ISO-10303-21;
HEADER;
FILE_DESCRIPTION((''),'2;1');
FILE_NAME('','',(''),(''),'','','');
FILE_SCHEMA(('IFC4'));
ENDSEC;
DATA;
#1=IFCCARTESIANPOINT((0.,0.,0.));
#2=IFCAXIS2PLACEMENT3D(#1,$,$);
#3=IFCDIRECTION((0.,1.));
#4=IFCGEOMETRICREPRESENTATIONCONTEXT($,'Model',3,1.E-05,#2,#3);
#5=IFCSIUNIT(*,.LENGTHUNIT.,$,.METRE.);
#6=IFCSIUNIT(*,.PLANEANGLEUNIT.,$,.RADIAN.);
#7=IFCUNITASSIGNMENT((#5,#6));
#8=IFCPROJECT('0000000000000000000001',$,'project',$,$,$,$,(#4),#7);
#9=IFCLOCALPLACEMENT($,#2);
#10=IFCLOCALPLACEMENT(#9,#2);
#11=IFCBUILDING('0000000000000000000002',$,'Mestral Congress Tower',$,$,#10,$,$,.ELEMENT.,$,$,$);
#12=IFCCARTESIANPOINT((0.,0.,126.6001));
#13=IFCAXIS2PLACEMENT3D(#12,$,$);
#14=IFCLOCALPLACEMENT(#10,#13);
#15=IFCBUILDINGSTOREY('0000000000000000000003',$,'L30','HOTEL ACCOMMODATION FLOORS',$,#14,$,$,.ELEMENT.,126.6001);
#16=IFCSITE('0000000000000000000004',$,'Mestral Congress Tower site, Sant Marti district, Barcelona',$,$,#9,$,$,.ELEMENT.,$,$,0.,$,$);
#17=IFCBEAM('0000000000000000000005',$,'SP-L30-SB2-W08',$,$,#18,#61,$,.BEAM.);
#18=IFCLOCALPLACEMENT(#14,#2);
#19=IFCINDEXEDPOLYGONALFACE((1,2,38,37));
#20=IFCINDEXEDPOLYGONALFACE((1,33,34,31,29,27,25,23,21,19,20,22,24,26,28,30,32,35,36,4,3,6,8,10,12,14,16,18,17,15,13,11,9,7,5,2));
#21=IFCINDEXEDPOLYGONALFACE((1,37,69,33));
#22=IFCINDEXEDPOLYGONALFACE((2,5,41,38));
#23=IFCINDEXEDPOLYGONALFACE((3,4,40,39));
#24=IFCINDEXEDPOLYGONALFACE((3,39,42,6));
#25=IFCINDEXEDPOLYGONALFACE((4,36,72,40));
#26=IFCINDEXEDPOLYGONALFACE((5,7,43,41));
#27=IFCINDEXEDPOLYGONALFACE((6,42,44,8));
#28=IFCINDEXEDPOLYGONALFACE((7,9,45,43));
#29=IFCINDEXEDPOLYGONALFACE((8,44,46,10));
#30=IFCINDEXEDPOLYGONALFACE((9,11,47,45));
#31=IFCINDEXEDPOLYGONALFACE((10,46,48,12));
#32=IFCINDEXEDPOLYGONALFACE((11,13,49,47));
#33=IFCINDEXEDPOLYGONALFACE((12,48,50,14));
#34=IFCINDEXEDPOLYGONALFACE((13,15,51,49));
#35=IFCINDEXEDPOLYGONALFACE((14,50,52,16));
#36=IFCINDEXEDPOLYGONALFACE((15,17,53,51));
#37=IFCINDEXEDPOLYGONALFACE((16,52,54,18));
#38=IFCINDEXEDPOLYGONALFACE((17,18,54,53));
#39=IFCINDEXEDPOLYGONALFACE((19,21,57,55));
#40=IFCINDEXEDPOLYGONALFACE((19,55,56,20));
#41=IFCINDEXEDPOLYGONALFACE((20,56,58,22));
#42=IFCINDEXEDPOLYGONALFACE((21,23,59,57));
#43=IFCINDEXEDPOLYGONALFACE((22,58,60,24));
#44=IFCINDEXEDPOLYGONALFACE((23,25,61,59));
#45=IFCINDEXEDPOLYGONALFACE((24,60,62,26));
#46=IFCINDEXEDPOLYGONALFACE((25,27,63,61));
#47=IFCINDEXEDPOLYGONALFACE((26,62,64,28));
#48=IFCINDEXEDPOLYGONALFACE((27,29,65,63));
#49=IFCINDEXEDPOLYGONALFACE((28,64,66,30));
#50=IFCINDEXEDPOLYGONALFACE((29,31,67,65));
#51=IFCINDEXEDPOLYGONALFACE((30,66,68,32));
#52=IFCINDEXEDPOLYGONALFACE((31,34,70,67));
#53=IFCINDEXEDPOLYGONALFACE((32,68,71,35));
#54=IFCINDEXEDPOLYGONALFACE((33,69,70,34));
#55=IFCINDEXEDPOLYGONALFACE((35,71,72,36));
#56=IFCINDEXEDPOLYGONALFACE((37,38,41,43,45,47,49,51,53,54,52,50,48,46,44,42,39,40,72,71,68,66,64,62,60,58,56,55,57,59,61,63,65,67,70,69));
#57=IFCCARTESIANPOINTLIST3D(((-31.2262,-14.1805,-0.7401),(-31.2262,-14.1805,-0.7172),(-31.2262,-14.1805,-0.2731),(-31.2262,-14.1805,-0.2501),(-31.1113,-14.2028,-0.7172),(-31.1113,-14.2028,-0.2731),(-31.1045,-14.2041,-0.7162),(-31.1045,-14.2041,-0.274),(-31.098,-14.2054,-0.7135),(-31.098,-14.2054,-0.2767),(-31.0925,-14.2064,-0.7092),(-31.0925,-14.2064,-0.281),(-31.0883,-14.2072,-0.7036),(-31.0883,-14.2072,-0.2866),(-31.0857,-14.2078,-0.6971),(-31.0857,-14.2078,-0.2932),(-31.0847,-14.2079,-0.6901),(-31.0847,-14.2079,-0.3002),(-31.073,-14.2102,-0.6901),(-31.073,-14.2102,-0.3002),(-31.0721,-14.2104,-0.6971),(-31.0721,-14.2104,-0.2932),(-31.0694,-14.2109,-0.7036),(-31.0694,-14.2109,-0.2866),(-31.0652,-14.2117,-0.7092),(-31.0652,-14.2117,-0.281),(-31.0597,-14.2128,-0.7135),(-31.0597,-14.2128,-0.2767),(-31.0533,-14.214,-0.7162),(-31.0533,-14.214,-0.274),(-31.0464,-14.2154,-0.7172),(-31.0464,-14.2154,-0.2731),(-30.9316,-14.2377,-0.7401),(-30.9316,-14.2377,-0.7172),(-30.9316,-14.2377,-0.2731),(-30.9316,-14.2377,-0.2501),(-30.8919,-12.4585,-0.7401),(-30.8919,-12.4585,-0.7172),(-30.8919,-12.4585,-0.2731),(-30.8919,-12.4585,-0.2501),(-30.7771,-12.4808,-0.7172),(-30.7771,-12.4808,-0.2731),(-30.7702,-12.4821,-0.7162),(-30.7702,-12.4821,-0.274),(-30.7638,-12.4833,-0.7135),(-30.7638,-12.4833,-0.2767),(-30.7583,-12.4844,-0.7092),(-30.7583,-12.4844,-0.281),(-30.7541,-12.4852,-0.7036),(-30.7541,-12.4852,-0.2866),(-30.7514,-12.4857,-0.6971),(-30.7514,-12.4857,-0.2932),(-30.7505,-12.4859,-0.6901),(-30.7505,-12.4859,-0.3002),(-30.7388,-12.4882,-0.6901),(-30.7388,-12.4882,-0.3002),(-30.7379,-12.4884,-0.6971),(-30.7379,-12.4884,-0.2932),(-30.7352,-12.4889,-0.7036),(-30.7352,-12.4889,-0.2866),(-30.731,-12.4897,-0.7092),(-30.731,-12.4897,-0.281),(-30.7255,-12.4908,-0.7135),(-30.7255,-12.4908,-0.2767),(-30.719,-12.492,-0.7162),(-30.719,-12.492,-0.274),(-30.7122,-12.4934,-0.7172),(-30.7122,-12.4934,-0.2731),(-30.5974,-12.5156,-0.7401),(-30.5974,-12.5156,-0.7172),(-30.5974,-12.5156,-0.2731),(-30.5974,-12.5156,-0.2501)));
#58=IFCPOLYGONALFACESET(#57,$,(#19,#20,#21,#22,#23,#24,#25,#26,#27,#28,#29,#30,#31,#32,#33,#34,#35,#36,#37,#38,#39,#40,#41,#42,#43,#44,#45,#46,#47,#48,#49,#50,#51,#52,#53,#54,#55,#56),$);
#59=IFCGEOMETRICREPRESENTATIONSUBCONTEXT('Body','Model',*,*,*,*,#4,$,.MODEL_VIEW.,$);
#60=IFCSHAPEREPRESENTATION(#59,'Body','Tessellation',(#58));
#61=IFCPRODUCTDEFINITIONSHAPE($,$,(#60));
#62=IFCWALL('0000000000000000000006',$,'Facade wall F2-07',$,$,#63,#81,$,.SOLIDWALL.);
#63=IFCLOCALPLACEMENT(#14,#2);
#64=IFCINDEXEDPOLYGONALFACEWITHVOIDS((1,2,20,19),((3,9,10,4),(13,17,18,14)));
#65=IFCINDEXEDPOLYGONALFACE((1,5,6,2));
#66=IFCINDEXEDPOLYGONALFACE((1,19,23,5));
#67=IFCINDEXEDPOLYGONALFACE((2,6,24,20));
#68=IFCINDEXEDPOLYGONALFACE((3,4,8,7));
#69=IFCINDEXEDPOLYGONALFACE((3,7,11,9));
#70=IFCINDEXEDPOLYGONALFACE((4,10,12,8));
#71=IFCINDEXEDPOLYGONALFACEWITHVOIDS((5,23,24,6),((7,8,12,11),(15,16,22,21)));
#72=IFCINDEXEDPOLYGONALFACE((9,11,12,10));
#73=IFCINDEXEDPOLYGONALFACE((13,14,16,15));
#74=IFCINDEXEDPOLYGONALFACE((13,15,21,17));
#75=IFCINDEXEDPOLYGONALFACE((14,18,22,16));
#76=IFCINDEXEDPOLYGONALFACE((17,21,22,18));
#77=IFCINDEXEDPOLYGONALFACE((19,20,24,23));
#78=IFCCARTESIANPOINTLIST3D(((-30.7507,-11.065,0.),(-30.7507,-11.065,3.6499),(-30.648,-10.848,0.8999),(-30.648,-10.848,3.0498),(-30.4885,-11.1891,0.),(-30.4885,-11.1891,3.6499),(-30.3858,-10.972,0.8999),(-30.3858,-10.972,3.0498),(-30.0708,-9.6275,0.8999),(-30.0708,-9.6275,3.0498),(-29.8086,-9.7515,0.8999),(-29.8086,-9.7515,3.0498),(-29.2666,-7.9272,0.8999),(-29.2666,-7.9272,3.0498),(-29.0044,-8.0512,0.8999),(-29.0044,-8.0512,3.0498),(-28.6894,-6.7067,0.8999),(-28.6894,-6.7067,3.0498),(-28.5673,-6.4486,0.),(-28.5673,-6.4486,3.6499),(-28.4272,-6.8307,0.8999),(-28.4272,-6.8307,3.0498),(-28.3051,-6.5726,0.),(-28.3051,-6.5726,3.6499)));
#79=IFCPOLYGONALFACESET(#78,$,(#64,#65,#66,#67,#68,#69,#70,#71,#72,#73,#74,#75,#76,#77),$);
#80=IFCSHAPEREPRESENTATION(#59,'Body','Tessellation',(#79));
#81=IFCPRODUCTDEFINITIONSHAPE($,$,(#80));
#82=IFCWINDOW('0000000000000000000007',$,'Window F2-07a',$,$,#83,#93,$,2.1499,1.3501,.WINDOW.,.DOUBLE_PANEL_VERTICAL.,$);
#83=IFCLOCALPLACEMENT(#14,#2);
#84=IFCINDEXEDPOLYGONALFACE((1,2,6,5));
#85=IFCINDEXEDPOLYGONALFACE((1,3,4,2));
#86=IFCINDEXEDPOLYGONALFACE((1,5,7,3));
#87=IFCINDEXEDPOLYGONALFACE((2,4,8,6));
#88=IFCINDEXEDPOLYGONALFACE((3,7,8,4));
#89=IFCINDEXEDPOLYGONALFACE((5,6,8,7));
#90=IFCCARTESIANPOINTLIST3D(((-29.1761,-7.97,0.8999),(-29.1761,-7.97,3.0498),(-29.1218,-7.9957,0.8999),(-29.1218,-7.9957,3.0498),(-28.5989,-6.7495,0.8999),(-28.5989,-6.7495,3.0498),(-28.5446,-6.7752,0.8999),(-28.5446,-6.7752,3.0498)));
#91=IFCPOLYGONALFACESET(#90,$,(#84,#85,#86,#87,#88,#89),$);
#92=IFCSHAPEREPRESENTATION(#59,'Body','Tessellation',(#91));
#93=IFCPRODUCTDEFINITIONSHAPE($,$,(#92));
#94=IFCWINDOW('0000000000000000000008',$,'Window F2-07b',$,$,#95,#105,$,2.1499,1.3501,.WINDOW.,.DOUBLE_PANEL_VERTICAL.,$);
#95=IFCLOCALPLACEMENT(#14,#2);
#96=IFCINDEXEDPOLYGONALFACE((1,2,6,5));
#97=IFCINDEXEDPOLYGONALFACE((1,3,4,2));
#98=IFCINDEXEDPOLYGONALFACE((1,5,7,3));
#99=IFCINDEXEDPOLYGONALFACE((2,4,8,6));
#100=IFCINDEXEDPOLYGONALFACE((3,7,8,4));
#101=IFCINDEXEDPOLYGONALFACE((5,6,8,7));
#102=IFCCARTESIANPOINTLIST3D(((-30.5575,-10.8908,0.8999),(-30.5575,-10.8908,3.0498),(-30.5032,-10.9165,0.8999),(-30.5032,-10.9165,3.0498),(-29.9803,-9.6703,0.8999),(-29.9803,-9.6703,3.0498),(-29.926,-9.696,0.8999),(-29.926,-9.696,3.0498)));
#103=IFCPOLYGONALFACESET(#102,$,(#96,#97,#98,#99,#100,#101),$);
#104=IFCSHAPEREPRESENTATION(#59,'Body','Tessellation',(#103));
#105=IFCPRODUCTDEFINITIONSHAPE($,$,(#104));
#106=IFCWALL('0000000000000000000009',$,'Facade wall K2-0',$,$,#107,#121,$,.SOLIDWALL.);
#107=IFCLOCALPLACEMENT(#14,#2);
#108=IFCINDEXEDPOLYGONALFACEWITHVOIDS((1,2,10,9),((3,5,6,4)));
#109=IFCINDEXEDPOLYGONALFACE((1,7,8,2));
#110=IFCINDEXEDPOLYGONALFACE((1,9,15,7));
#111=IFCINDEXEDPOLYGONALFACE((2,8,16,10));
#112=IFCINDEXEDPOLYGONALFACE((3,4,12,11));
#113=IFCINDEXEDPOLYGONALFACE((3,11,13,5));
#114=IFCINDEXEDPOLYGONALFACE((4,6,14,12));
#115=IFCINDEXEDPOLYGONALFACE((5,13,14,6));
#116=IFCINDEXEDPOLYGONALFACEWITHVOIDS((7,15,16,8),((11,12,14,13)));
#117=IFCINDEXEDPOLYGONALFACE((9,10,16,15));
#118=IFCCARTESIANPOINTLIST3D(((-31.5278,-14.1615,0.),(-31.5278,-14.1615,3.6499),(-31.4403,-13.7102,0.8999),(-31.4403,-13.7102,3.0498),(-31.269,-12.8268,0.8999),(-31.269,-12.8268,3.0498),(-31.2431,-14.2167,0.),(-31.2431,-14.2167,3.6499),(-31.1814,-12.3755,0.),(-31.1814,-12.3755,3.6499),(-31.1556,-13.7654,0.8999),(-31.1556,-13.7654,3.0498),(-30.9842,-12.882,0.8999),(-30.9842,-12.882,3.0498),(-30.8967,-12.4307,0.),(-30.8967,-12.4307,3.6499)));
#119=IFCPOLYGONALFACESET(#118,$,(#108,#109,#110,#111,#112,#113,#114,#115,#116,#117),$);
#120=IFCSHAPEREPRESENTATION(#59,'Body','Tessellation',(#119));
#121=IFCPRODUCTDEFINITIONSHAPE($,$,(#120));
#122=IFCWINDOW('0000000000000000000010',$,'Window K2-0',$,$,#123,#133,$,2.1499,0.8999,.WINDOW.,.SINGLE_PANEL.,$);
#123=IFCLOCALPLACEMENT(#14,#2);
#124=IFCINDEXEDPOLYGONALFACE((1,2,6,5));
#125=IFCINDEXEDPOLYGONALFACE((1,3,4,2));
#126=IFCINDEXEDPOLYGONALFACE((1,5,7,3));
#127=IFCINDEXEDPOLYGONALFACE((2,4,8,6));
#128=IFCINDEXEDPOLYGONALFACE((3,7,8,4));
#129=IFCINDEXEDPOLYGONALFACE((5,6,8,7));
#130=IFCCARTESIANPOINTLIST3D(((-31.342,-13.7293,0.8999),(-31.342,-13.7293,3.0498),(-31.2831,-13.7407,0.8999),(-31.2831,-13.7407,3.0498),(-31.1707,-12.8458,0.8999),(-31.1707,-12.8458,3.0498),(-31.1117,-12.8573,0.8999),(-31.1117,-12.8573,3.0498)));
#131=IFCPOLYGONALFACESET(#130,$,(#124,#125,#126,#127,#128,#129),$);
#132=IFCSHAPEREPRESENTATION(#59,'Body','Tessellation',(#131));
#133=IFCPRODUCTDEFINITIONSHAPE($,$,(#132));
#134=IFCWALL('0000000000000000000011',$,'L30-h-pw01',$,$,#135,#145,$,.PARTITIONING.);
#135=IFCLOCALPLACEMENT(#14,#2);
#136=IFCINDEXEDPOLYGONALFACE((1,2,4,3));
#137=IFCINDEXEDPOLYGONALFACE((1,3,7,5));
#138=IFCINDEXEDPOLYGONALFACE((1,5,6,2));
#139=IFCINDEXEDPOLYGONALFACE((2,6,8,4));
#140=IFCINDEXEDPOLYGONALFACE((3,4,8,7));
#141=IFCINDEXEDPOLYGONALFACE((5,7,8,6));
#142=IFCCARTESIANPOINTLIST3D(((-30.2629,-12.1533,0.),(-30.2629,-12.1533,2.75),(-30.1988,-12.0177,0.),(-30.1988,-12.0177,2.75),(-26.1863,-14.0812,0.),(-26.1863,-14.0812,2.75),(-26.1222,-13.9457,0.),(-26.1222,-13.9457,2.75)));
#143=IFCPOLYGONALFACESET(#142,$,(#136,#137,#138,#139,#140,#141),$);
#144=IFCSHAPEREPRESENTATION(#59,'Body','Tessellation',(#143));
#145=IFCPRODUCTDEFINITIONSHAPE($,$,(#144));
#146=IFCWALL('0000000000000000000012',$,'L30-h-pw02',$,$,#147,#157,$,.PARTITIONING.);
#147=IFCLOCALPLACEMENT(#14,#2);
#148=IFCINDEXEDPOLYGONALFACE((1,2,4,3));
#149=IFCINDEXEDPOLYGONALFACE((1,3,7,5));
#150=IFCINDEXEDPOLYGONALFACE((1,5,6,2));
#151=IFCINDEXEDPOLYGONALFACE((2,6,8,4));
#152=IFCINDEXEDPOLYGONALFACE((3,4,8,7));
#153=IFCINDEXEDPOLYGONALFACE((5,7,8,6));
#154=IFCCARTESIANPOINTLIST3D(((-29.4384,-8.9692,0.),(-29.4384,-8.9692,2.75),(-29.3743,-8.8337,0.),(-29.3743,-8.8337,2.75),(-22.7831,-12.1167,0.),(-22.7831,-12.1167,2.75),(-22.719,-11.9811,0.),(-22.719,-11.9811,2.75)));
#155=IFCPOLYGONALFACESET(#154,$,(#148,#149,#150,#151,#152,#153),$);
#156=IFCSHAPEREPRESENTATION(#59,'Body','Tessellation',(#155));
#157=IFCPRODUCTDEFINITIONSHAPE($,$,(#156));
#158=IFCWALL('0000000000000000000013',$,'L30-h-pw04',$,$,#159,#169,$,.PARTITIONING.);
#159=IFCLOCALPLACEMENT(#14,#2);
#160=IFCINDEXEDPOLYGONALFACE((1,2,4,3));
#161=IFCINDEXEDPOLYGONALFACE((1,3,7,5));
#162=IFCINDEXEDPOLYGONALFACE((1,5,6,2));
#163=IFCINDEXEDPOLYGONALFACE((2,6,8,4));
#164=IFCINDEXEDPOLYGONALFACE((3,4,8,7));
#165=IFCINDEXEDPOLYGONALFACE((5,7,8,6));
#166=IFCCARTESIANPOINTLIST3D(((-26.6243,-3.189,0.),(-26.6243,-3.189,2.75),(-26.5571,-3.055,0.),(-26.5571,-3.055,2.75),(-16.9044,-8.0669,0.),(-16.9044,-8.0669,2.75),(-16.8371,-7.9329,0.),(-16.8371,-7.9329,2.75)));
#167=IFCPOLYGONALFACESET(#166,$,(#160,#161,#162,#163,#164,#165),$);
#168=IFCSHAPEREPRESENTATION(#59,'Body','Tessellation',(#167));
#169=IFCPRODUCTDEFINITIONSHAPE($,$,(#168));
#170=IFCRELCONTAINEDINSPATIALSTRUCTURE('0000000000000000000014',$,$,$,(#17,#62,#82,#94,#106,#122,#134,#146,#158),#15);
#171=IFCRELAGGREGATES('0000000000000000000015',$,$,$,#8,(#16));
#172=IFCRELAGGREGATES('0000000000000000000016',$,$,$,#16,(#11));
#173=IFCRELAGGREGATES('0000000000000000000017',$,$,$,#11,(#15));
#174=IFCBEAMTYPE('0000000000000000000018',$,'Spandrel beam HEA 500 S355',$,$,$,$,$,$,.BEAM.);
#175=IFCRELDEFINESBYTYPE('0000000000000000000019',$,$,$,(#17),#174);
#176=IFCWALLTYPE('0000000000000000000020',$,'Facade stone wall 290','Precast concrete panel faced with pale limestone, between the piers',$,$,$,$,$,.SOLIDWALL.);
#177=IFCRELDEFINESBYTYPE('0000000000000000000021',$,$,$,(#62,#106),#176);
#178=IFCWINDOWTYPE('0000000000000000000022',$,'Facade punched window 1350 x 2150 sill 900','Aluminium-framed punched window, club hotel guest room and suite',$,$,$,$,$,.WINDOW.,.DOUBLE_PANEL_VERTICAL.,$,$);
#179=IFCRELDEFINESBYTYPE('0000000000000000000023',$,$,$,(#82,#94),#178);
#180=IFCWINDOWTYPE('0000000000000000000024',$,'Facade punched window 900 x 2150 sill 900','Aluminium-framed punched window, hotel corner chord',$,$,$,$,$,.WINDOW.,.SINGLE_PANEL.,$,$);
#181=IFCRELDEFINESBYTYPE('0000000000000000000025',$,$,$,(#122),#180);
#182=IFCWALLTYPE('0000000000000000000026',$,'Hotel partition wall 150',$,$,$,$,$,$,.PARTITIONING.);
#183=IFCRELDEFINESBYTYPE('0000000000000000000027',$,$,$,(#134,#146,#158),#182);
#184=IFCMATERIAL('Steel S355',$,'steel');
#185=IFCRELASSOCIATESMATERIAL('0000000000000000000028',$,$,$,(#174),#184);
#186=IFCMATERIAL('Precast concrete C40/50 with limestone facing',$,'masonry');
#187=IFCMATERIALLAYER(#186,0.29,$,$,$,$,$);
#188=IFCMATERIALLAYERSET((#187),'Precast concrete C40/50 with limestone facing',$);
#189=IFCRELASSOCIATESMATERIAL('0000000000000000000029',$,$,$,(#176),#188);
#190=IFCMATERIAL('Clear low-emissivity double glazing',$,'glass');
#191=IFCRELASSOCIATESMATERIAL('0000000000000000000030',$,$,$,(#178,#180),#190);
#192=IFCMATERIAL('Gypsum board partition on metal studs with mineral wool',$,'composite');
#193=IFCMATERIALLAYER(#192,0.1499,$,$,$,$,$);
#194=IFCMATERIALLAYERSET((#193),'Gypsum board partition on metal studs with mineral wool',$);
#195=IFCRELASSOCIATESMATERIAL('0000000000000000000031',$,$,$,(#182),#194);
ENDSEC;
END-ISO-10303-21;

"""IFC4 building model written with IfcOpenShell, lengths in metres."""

from ifc_helpers import new_model, si_unit, direction, frame, frame_2d, origin, origin_2d, place, context, subcontext, project, spatial, rectangle, i_section, extrude, material, layer, layer_set, material_profile, profile_set, type_object, element, fill, save


model = new_model("IFC4")

# Units and contexts
model_context = context("Model", 3, precision=1e-05, world=origin(), true_north=direction((0.0, 1.0)))
body_context = subcontext(model_context, "Body", "Model", "MODEL_VIEW")
ifc_project = project(units=[si_unit("LENGTHUNIT", "METRE"), si_unit("PLANEANGLEUNIT", "RADIAN")], contexts=[model_context])

# Site, building, storey
site_placement = place(None, origin())
site = spatial("IfcSite", under=ifc_project, at=site_placement, Name="Mestral Congress Tower site, Sant Marti district, Barcelona", CompositionType="ELEMENT", RefElevation=0.0)
building_placement = place(site_placement, origin())
building = spatial("IfcBuilding", under=site, at=building_placement, Name="Mestral Congress Tower", CompositionType="ELEMENT")
storey_placement = place(building_placement, frame((0.0, 0.0, 126.6001)))
storey = spatial("IfcBuildingStorey", under=building, at=storey_placement, Name="L30", Description="HOTEL ACCOMMODATION FLOORS", CompositionType="ELEMENT", Elevation=126.6001)

# Beam
ifc_material_1 = material(Name="Steel S355", Category="steel")
ifc_material_profile_1 = material_profile(ifc_material_1, i_section(OverallWidth=0.3, OverallDepth=0.49, WebThickness=0.012, FlangeThickness=0.0229, FilletRadius=0.0271, at=origin_2d()), Name="HEA 500")
ifc_profile_set_1 = profile_set([ifc_material_profile_1], Name="Steel S355")
beam_type_1 = type_object("IfcBeamType", Name="Spandrel beam HEA 500 S355", PredefinedType="BEAM", material=ifc_profile_set_1)
beam_1_placement = place(storey_placement, frame((-30.7446, -12.4871, -0.4951), z_axis=(-0.190546, -0.981678, 0.0), x_axis=(0.981678, -0.190546, 0.0)))
element("IfcBeam", 1, at=beam_1_placement, inside=storey, type_object=beam_type_1, Name="SP-L30-SB2-W08", PredefinedType="BEAM", context=body_context, shape_type="SweptSolid", body=[
    extrude(i_section(OverallWidth=0.3, OverallDepth=0.49, WebThickness=0.012, FlangeThickness=0.0229, FilletRadius=0.0271, at=origin_2d()), origin(), (0.0, 0.0, 1.0), 1.7542),
])

# Wall, openings, windows
ifc_material_2 = material(Name="Precast concrete C40/50 with limestone facing", Category="masonry")
ifc_layer_1 = layer(ifc_material_2, 0.29)
ifc_layer_set_1 = layer_set([ifc_layer_1], Name="Precast concrete C40/50 with limestone facing")
wall_type_1 = type_object("IfcWallType", Name="Facade stone wall 290", Description="Precast concrete panel faced with pale limestone, between the piers", PredefinedType="SOLIDWALL", material=ifc_layer_set_1)
wall_1_placement = place(storey_placement, frame((-28.4363, -6.5107, 0.0), z_axis=(0.0, 0.0, 1.0), x_axis=(-0.427544, -0.903995, 0.0)))
wall_1 = element("IfcWall", 2, at=wall_1_placement, inside=storey, type_object=wall_type_1, Name="Facade wall F2-07", PredefinedType="SOLIDWALL", context=body_context, shape_type="SweptSolid", body=[
    extrude(rectangle(XDim=5.1067, YDim=0.29, at=frame_2d((2.5532, 0.0))), origin(), (0.0, 0.0, 1.0), 3.6499),
])
opening_1_placement = place(wall_1_placement, frame((0.2854, 0.0, 0.8999)))
opening_1 = element("IfcOpeningElement", 3, at=opening_1_placement, cuts=wall_1, PredefinedType="OPENING", context=body_context, shape_type="SweptSolid", body=[
    extrude(rectangle(XDim=1.3501, YDim=2.1499, at=frame_2d((0.675, 1.075))), frame((0.0, 0.155, 0.0), z_axis=(0.0, -1.0, 0.0), x_axis=(1.0, 0.0, 0.0)), (0.0, 0.0, 1.0), 0.3101),
])
opening_2_placement = place(wall_1_placement, frame((3.5164, 0.0, 0.8999)))
opening_2 = element("IfcOpeningElement", 4, at=opening_2_placement, cuts=wall_1, PredefinedType="OPENING", context=body_context, shape_type="SweptSolid", body=[
    extrude(rectangle(XDim=1.3501, YDim=2.1499, at=frame_2d((0.675, 1.075))), frame((0.0, 0.155, 0.0), z_axis=(0.0, -1.0, 0.0), x_axis=(1.0, 0.0, 0.0)), (0.0, 0.0, 1.0), 0.3101),
])
ifc_material_3 = material(Name="Clear low-emissivity double glazing", Category="glass")
window_type_1 = type_object("IfcWindowType", Name="Facade punched window 1350 x 2150 sill 900", Description="Aluminium-framed punched window, club hotel guest room and suite", PartitioningType="DOUBLE_PANEL_VERTICAL", PredefinedType="WINDOW", material=ifc_material_3)
window_1_placement = place(opening_1_placement, origin())
window_1 = element("IfcWindow", 5, at=window_1_placement, inside=storey, type_object=window_type_1, Name="Window F2-07a", OverallHeight=2.1499, OverallWidth=1.3501, PartitioningType="DOUBLE_PANEL_VERTICAL", PredefinedType="WINDOW", context=body_context, shape_type="SweptSolid", body=[
    extrude(rectangle(XDim=1.3501, YDim=2.1499, at=frame_2d((0.675, 1.075))), frame((0.0, 0.0151, 0.0), z_axis=(0.0, -1.0, 0.0), x_axis=(1.0, 0.0, 0.0)), (0.0, 0.0, 1.0), 0.0601),
])
fill(opening_1, window_1)
window_2_placement = place(opening_2_placement, origin())
window_2 = element("IfcWindow", 6, at=window_2_placement, inside=storey, type_object=window_type_1, Name="Window F2-07b", OverallHeight=2.1499, OverallWidth=1.3501, PartitioningType="DOUBLE_PANEL_VERTICAL", PredefinedType="WINDOW", context=body_context, shape_type="SweptSolid", body=[
    extrude(rectangle(XDim=1.3501, YDim=2.1499, at=frame_2d((0.675, 1.075))), frame((0.0, 0.0151, 0.0), z_axis=(0.0, -1.0, 0.0), x_axis=(1.0, 0.0, 0.0)), (0.0, 0.0, 1.0), 0.0601),
])
fill(opening_2, window_2)

# Wall, opening, window
wall_2_placement = place(storey_placement, frame((-31.0391, -12.4031, 0.0), z_axis=(0.0, 0.0, 1.0), x_axis=(-0.19041, -0.981705, 0.0)))
wall_2 = element("IfcWall", 7, at=wall_2_placement, inside=storey, type_object=wall_type_1, Name="Facade wall K2-0", PredefinedType="SOLIDWALL", context=body_context, shape_type="SweptSolid", body=[
    extrude(rectangle(XDim=1.8193, YDim=0.29, at=frame_2d((0.9097, 0.0))), origin(), (0.0, 0.0, 1.0), 3.6499),
])
opening_3_placement = place(wall_2_placement, frame((0.4597, 0.0, 0.8999)))
opening_3 = element("IfcOpeningElement", 8, at=opening_3_placement, cuts=wall_2, PredefinedType="OPENING", context=body_context, shape_type="SweptSolid", body=[
    extrude(rectangle(XDim=0.8999, YDim=2.1499, at=frame_2d((0.45, 1.075))), frame((0.0, 0.155, 0.0), z_axis=(0.0, -1.0, 0.0), x_axis=(1.0, 0.0, 0.0)), (0.0, 0.0, 1.0), 0.3101),
])
window_type_2 = type_object("IfcWindowType", Name="Facade punched window 900 x 2150 sill 900", Description="Aluminium-framed punched window, hotel corner chord", PartitioningType="SINGLE_PANEL", PredefinedType="WINDOW", material=ifc_material_3)
window_3_placement = place(opening_3_placement, origin())
window_3 = element("IfcWindow", 9, at=window_3_placement, inside=storey, type_object=window_type_2, Name="Window K2-0", OverallHeight=2.1499, OverallWidth=0.8999, PartitioningType="SINGLE_PANEL", PredefinedType="WINDOW", context=body_context, shape_type="SweptSolid", body=[
    extrude(rectangle(XDim=0.8999, YDim=2.1499, at=frame_2d((0.45, 1.075))), frame((0.0, 0.0151, 0.0), z_axis=(0.0, -1.0, 0.0), x_axis=(1.0, 0.0, 0.0)), (0.0, 0.0, 1.0), 0.0601),
])
fill(opening_3, window_3)

# Walls
ifc_material_4 = material(Name="Gypsum board partition on metal studs with mineral wool", Category="composite")
ifc_layer_2 = layer(ifc_material_4, 0.1499)
ifc_layer_set_2 = layer_set([ifc_layer_2], Name="Gypsum board partition on metal studs with mineral wool")
wall_type_2 = type_object("IfcWallType", Name="Hotel partition wall 150", PredefinedType="PARTITIONING", material=ifc_layer_set_2)
wall_3_placement = place(storey_placement, frame((-30.231, -12.0854, 0.0), z_axis=(0.0, 0.0, 1.0), x_axis=(0.904001, -0.42753, 0.0)))
element("IfcWall", 10, at=wall_3_placement, inside=storey, type_object=wall_type_2, Name="L30-h-pw01", PredefinedType="PARTITIONING", context=body_context, shape_type="SweptSolid", body=[
    extrude(rectangle(XDim=4.5095, YDim=0.1499, at=frame_2d((2.2549, 0.0))), origin(), (0.0, 0.0, 1.0), 2.75),
])
wall_4_placement = place(storey_placement, frame((-29.4065, -8.9014, 0.0), z_axis=(0.0, 0.0, 1.0), x_axis=(0.904002, -0.427527, 0.0)))
element("IfcWall", 11, at=wall_4_placement, inside=storey, type_object=wall_type_2, Name="L30-h-pw02", PredefinedType="PARTITIONING", context=body_context, shape_type="SweptSolid", body=[
    extrude(rectangle(XDim=7.3621, YDim=0.1499, at=frame_2d((3.6812, 0.0))), origin(), (0.0, 0.0, 1.0), 2.75),
])
wall_5_placement = place(storey_placement, frame((-26.5906, -3.1221, 0.0), z_axis=(0.0, 0.0, 1.0), x_axis=(0.893766, -0.448533, 0.0)))
element("IfcWall", 12, at=wall_5_placement, inside=storey, type_object=wall_type_2, Name="L30-h-pw04", PredefinedType="PARTITIONING", context=body_context, shape_type="SweptSolid", body=[
    extrude(rectangle(XDim=10.8752, YDim=0.1499, at=frame_2d((5.4375, 0.0))), origin(), (0.0, 0.0, 1.0), 2.75),
])

save(model, "model.ifc")
